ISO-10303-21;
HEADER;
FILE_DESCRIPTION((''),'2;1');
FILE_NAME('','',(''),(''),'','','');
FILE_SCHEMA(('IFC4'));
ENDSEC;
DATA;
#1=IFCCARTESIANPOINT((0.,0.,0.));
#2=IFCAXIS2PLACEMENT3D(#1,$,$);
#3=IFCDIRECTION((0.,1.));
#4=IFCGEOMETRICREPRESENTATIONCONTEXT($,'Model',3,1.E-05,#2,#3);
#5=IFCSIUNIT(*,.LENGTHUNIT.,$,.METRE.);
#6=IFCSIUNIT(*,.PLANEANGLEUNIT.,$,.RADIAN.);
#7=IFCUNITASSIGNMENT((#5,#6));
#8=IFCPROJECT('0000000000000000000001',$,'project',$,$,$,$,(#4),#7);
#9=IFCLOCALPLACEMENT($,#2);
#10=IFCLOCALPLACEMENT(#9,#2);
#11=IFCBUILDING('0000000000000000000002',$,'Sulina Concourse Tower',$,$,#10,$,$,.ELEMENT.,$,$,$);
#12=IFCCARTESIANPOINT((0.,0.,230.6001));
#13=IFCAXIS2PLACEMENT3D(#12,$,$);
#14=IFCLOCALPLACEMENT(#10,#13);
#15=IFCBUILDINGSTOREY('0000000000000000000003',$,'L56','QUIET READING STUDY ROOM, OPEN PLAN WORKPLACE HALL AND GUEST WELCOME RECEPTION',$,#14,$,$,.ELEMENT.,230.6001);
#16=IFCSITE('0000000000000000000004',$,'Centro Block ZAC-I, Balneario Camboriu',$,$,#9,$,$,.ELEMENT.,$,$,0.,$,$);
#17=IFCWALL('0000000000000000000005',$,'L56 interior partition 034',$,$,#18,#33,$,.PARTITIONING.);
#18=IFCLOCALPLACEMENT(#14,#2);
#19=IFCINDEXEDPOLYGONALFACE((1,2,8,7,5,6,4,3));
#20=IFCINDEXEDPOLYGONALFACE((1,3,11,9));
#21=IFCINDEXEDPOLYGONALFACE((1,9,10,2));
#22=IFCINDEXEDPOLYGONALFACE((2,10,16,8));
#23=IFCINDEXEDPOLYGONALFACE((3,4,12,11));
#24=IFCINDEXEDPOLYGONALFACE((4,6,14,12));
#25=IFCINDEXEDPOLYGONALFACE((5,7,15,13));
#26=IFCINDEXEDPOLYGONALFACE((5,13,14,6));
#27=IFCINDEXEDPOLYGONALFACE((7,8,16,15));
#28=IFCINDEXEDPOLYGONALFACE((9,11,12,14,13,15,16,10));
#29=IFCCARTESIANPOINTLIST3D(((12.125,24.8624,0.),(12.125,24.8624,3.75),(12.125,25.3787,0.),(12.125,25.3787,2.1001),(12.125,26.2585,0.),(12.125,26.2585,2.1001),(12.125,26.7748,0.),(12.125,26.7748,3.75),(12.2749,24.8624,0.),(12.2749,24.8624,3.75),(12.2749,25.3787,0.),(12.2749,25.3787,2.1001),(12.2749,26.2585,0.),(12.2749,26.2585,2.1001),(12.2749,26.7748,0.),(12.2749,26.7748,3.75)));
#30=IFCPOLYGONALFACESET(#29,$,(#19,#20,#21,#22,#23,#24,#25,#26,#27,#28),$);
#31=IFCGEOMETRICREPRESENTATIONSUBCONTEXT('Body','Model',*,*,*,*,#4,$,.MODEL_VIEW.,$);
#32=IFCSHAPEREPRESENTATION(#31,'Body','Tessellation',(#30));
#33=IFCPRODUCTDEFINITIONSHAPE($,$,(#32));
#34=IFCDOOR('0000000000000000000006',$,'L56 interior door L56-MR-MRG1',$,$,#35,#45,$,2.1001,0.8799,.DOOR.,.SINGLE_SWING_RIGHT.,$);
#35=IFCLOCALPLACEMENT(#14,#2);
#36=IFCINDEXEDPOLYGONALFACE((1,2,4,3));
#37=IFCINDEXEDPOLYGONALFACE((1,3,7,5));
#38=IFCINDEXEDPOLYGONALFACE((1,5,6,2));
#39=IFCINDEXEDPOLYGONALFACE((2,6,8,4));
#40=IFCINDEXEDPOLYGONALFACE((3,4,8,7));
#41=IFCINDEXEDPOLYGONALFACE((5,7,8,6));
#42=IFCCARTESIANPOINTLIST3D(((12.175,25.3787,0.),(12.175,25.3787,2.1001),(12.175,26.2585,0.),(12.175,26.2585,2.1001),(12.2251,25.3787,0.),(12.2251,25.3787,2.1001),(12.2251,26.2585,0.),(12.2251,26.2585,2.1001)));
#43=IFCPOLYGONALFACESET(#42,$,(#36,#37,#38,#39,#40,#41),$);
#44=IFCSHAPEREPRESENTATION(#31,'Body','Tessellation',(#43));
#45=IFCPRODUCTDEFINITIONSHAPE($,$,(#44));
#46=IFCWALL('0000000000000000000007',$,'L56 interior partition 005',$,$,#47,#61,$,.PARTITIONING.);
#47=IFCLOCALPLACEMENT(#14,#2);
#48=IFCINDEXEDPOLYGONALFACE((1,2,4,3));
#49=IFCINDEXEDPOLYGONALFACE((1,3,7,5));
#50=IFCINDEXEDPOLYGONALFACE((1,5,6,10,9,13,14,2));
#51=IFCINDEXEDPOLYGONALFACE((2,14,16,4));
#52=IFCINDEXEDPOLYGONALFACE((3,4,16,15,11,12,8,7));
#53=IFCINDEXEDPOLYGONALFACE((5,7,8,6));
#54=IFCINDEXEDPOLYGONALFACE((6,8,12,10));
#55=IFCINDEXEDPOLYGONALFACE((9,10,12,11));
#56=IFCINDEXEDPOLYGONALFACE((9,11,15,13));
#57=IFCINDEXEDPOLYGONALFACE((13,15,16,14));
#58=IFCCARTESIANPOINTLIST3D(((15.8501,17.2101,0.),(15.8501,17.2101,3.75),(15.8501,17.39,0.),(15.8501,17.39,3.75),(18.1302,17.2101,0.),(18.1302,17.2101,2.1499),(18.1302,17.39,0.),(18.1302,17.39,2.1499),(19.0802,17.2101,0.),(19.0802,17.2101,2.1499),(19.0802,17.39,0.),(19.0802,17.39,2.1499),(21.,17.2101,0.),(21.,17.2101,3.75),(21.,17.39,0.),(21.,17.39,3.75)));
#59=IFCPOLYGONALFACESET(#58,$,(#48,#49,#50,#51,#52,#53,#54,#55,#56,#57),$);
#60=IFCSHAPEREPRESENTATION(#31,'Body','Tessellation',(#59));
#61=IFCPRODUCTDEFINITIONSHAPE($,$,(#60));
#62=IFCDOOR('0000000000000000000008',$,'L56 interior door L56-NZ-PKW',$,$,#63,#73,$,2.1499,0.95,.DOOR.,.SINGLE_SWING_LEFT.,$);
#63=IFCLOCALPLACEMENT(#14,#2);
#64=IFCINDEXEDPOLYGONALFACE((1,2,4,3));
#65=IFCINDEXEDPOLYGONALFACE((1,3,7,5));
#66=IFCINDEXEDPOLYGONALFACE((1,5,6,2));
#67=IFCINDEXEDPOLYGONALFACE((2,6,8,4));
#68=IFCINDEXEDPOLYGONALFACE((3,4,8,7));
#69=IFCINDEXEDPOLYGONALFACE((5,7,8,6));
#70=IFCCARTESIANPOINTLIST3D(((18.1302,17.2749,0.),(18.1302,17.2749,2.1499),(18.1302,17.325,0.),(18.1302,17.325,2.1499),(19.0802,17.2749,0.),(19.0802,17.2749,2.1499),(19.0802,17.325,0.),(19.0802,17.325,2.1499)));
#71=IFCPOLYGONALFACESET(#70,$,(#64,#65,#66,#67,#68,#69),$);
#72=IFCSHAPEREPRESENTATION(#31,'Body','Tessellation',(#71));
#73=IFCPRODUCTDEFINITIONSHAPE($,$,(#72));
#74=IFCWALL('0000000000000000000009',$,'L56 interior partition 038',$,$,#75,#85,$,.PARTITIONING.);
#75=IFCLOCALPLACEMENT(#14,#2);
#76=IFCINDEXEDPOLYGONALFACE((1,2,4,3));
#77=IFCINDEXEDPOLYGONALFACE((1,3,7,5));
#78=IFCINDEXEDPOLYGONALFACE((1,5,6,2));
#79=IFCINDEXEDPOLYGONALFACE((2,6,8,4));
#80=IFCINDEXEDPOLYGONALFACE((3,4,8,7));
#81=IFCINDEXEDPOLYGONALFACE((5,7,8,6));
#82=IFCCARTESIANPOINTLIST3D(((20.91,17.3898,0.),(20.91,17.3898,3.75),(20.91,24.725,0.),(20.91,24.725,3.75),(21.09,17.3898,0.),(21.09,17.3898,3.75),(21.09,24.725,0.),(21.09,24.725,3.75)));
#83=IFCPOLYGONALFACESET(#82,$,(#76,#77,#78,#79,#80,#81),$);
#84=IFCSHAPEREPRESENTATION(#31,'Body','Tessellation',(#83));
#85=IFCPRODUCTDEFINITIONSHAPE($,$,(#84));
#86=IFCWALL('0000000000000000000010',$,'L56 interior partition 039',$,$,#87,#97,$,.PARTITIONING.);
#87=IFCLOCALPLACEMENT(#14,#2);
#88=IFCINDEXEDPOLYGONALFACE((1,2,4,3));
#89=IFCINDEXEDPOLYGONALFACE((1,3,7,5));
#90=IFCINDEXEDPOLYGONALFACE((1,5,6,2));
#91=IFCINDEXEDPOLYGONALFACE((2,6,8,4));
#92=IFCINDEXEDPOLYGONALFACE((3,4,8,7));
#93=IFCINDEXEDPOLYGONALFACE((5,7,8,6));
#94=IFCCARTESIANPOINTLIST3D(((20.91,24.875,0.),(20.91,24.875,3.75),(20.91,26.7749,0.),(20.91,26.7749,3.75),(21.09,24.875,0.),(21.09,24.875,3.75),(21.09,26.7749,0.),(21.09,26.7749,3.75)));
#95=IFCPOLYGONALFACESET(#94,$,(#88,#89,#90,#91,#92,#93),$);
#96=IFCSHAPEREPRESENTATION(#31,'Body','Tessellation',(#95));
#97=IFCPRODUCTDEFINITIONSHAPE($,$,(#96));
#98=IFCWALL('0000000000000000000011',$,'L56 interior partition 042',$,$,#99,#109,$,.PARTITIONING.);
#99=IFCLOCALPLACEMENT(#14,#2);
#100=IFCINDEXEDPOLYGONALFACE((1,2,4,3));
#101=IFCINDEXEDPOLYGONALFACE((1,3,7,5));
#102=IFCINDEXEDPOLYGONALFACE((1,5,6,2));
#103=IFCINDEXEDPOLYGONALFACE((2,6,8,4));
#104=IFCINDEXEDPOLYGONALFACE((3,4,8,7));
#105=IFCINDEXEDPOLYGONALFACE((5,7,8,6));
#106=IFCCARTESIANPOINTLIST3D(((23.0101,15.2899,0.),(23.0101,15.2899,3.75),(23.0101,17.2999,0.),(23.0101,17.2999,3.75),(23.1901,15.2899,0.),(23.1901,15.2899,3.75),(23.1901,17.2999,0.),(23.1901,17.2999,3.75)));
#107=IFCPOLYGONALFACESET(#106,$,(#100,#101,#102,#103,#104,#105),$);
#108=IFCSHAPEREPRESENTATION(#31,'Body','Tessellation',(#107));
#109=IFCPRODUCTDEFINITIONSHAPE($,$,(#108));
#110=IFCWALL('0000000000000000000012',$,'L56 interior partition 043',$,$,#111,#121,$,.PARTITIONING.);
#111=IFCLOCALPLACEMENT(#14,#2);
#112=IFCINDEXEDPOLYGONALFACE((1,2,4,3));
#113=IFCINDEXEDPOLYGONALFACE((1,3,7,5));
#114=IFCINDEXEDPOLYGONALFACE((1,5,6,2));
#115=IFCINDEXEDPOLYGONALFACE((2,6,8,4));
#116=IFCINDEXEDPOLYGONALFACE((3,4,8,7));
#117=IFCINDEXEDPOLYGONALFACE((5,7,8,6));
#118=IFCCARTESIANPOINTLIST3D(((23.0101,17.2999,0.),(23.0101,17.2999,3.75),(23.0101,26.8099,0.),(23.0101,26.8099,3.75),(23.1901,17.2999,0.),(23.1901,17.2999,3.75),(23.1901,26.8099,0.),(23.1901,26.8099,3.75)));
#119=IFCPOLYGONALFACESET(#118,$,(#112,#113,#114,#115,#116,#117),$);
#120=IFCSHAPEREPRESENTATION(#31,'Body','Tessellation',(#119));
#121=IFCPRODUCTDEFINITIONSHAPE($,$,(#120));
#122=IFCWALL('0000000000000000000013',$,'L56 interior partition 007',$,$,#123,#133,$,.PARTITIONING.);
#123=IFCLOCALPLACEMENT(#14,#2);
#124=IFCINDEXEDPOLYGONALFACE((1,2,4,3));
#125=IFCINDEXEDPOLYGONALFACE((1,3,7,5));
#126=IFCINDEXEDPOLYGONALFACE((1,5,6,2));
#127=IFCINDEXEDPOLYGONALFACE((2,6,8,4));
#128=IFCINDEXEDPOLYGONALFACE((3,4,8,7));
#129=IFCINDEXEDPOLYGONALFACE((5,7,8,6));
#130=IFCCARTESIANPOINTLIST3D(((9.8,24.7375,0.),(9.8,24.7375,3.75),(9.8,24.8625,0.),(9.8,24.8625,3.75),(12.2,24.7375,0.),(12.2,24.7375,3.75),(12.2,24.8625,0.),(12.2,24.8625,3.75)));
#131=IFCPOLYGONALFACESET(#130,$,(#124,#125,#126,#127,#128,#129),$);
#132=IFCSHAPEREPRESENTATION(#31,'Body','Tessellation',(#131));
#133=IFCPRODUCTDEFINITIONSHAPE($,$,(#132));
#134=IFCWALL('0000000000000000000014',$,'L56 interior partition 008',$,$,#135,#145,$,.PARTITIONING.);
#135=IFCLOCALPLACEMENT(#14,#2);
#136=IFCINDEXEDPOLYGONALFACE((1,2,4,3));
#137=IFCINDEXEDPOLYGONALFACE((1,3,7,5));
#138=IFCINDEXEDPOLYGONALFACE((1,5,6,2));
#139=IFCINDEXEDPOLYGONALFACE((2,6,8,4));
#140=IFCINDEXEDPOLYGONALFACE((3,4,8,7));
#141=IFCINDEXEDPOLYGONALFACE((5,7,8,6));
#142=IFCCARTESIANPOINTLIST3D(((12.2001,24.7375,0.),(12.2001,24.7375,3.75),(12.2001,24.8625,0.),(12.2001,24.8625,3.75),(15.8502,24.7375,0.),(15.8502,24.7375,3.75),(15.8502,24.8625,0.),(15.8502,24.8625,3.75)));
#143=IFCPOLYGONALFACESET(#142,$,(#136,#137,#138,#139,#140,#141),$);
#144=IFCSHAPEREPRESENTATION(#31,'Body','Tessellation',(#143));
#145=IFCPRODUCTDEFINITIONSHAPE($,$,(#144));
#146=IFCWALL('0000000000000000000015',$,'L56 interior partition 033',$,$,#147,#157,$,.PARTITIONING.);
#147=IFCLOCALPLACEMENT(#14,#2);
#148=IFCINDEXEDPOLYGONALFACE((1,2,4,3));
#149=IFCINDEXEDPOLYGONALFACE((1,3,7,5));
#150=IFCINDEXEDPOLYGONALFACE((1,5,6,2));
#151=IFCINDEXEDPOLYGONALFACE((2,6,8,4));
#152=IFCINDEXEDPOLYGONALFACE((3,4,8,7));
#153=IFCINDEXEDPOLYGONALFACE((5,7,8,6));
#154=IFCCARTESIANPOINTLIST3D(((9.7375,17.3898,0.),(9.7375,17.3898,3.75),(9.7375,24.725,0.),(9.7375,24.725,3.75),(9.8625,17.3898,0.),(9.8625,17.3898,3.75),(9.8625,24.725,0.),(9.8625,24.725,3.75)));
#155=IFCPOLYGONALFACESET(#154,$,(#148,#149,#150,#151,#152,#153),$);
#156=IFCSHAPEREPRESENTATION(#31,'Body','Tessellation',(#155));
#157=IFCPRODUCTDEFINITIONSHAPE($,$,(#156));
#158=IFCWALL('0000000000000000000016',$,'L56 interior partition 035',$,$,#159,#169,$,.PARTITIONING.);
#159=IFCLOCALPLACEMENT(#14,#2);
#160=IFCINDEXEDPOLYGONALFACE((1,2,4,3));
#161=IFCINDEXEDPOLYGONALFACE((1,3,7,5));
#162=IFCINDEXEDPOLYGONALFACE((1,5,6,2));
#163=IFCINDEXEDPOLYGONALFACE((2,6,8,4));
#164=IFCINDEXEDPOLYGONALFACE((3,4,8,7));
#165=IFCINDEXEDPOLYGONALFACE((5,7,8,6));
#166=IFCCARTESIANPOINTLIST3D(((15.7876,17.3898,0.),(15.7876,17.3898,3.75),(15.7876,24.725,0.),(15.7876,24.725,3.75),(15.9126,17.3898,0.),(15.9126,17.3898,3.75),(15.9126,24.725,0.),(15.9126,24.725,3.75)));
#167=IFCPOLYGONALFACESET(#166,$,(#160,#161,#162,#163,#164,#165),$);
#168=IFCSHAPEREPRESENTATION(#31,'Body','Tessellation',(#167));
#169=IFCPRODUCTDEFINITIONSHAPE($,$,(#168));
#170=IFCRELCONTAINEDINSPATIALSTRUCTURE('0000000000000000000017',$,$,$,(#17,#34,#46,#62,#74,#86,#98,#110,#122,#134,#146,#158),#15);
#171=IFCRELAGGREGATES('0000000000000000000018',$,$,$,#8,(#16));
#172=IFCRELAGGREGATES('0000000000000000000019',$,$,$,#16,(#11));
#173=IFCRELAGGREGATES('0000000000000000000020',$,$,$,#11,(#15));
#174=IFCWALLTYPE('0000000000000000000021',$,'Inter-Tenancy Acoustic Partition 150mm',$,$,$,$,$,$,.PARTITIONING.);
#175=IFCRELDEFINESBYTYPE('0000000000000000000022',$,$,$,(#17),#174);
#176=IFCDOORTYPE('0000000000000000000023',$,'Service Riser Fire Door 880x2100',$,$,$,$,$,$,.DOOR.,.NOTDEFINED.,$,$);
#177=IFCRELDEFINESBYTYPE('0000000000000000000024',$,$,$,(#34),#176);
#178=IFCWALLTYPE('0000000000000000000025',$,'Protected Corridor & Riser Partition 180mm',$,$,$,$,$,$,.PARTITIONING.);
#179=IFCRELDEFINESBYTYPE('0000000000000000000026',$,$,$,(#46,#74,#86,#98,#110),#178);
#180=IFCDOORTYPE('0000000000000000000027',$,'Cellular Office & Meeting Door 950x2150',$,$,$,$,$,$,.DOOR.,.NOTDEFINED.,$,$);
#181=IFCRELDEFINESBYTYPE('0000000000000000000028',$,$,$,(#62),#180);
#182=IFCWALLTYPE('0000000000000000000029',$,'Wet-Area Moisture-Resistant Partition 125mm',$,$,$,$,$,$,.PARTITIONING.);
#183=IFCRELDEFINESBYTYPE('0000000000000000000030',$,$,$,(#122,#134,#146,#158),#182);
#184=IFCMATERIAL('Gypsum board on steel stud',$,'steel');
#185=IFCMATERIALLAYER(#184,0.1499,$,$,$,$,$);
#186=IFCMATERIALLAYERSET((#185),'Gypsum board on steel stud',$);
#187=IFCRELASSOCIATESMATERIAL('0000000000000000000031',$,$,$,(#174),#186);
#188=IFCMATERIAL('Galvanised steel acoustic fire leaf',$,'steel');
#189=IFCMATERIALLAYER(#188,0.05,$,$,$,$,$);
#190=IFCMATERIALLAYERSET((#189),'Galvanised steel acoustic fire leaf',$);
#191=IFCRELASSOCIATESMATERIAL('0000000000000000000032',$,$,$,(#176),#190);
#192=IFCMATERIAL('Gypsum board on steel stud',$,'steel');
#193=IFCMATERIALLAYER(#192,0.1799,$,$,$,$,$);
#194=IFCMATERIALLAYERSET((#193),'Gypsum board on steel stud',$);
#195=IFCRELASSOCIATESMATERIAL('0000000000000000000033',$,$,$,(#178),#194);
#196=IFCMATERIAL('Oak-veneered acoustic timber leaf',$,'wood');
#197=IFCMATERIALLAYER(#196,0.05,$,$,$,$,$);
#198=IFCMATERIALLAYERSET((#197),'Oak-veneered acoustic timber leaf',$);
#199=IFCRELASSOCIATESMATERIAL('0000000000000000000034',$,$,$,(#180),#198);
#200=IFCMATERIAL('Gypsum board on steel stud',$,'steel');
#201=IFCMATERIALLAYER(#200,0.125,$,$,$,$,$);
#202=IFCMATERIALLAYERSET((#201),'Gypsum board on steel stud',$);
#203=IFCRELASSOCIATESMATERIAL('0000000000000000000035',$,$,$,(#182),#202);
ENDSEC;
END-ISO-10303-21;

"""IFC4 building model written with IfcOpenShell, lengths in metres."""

from ifc_helpers import new_model, si_unit, direction, frame, frame_2d, origin, place, context, subcontext, project, spatial, rectangle, extrude, material, layer, layer_set, type_object, element, fill, save


model = new_model("IFC4")

# Units and contexts
model_context = context("Model", 3, precision=1e-05, world=origin(), true_north=direction((0.0, 1.0)))
body_context = subcontext(model_context, "Body", "Model", "MODEL_VIEW")
ifc_project = project(units=[si_unit("LENGTHUNIT", "METRE"), si_unit("PLANEANGLEUNIT", "RADIAN")], contexts=[model_context])

# Site, building, storey
site_placement = place(None, origin())
site = spatial("IfcSite", under=ifc_project, at=site_placement, Name="Centro Block ZAC-I, Balneario Camboriu", CompositionType="ELEMENT", RefElevation=0.0)
building_placement = place(site_placement, origin())
building = spatial("IfcBuilding", under=site, at=building_placement, Name="Sulina Concourse Tower", CompositionType="ELEMENT")
storey_placement = place(building_placement, frame((0.0, 0.0, 230.6001)))
storey = spatial("IfcBuildingStorey", under=building, at=storey_placement, Name="L56", Description="QUIET READING STUDY ROOM, OPEN PLAN WORKPLACE HALL AND GUEST WELCOME RECEPTION", CompositionType="ELEMENT", Elevation=230.6001)

# Shared definitions
ifc_material_1 = material(Name="Gypsum board on steel stud", Category="steel")
ifc_layer_1 = layer(ifc_material_1, 0.1499)
ifc_layer_set_1 = layer_set([ifc_layer_1], Name="Gypsum board on steel stud")
wall_type_1 = type_object("IfcWallType", Name="Inter-Tenancy Acoustic Partition 150mm", PredefinedType="PARTITIONING", material=ifc_layer_set_1)

# Walls, openings, doors
wall_1_placement = place(storey_placement, frame((12.2, 24.8625, 0.0), z_axis=(0.0, 0.0, 1.0), x_axis=(0.0, 1.0, 0.0)))
wall_1 = element("IfcWall", 1, at=wall_1_placement, inside=storey, type_object=wall_type_1, Name="L56 interior partition 034", PredefinedType="PARTITIONING", context=body_context, shape_type="SweptSolid", body=[
    extrude(rectangle(XDim=1.9124, YDim=0.1499, at=frame_2d((0.9561, 0.0))), origin(), (0.0, 0.0, 1.0), 3.75),
])
opening_1_placement = place(wall_1_placement, frame((0.5161, 0.0, 0.0)))
opening_1 = element("IfcOpeningElement", 2, at=opening_1_placement, cuts=wall_1, PredefinedType="OPENING", context=body_context, shape_type="SweptSolid", body=[
    extrude(rectangle(XDim=0.8799, YDim=2.1001, at=frame_2d((0.4399, 1.05))), frame((0.0, 0.085, 0.0), z_axis=(0.0, -1.0, 0.0), x_axis=(1.0, 0.0, 0.0)), (0.0, 0.0, 1.0), 0.1699),
])
ifc_material_2 = material(Name="Galvanised steel acoustic fire leaf", Category="steel")
ifc_layer_2 = layer(ifc_material_2, 0.05)
ifc_layer_set_2 = layer_set([ifc_layer_2], Name="Galvanised steel acoustic fire leaf")
door_type_1 = type_object("IfcDoorType", Name="Service Riser Fire Door 880x2100", OperationType="NOTDEFINED", PredefinedType="DOOR", material=ifc_layer_set_2)
door_1_placement = place(opening_1_placement, origin())
door_1 = element("IfcDoor", 3, at=door_1_placement, inside=storey, type_object=door_type_1, Name="L56 interior door L56-MR-MRG1", OperationType="SINGLE_SWING_RIGHT", OverallHeight=2.1001, OverallWidth=0.8799, PredefinedType="DOOR", context=body_context, shape_type="SweptSolid", body=[
    extrude(rectangle(XDim=0.8799, YDim=2.1001, at=frame_2d((0.4399, 1.05))), frame((0.0, 0.0249, 0.0), z_axis=(0.0, -1.0, 0.0), x_axis=(1.0, 0.0, 0.0)), (0.0, 0.0, 1.0), 0.05),
])
fill(opening_1, door_1)
ifc_material_3 = material(Name="Gypsum board on steel stud", Category="steel")
ifc_layer_3 = layer(ifc_material_3, 0.1799)
ifc_layer_set_3 = layer_set([ifc_layer_3], Name="Gypsum board on steel stud")
wall_type_2 = type_object("IfcWallType", Name="Protected Corridor & Riser Partition 180mm", PredefinedType="PARTITIONING", material=ifc_layer_set_3)
wall_2_placement = place(storey_placement, frame((15.8501, 17.3, 0.0), z_axis=(0.0, 0.0, 1.0), x_axis=(1.0, 0.0, 0.0)))
wall_2 = element("IfcWall", 4, at=wall_2_placement, inside=storey, type_object=wall_type_2, Name="L56 interior partition 005", PredefinedType="PARTITIONING", context=body_context, shape_type="SweptSolid", body=[
    extrude(rectangle(XDim=5.1499, YDim=0.1799, at=frame_2d((2.575, 0.0))), origin(), (0.0, 0.0, 1.0), 3.75),
])
opening_2_placement = place(wall_2_placement, frame((2.28, 0.0, 0.0)))
opening_2 = element("IfcOpeningElement", 5, at=opening_2_placement, cuts=wall_2, PredefinedType="OPENING", context=body_context, shape_type="SweptSolid", body=[
    extrude(rectangle(XDim=0.95, YDim=2.1499, at=frame_2d((0.4751, 1.075))), frame((0.0, 0.0999, 0.0), z_axis=(0.0, -1.0, 0.0), x_axis=(1.0, 0.0, 0.0)), (0.0, 0.0, 1.0), 0.2),
])
ifc_material_4 = material(Name="Oak-veneered acoustic timber leaf", Category="wood")
ifc_layer_4 = layer(ifc_material_4, 0.05)
ifc_layer_set_4 = layer_set([ifc_layer_4], Name="Oak-veneered acoustic timber leaf")
door_type_2 = type_object("IfcDoorType", Name="Cellular Office & Meeting Door 950x2150", OperationType="NOTDEFINED", PredefinedType="DOOR", material=ifc_layer_set_4)
door_2_placement = place(opening_2_placement, origin())
door_2 = element("IfcDoor", 6, at=door_2_placement, inside=storey, type_object=door_type_2, Name="L56 interior door L56-NZ-PKW", OperationType="SINGLE_SWING_LEFT", OverallHeight=2.1499, OverallWidth=0.95, PredefinedType="DOOR", context=body_context, shape_type="SweptSolid", body=[
    extrude(rectangle(XDim=0.95, YDim=2.1499, at=frame_2d((0.4751, 1.075))), frame((0.0, 0.0249, 0.0), z_axis=(0.0, -1.0, 0.0), x_axis=(1.0, 0.0, 0.0)), (0.0, 0.0, 1.0), 0.05),
])
fill(opening_2, door_2)

# Walls
wall_3_placement = place(storey_placement, frame((21.0, 17.3899, 0.0), z_axis=(0.0, 0.0, 1.0), x_axis=(0.0, 1.0, 0.0)))
element("IfcWall", 7, at=wall_3_placement, inside=storey, type_object=wall_type_2, Name="L56 interior partition 038", PredefinedType="PARTITIONING", context=body_context, shape_type="SweptSolid", body=[
    extrude(rectangle(XDim=7.3352, YDim=0.1799, at=frame_2d((3.6675, 0.0))), origin(), (0.0, 0.0, 1.0), 3.75),
])
wall_4_placement = place(storey_placement, frame((21.0, 24.875, 0.0), z_axis=(0.0, 0.0, 1.0), x_axis=(0.0, 1.0, 0.0)))
element("IfcWall", 8, at=wall_4_placement, inside=storey, type_object=wall_type_2, Name="L56 interior partition 039", PredefinedType="PARTITIONING", context=body_context, shape_type="SweptSolid", body=[
    extrude(rectangle(XDim=1.8999, YDim=0.1799, at=frame_2d((0.95, 0.0))), origin(), (0.0, 0.0, 1.0), 3.75),
])
wall_5_placement = place(storey_placement, frame((23.1001, 15.29, 0.0), z_axis=(0.0, 0.0, 1.0), x_axis=(0.0, 1.0, 0.0)))
element("IfcWall", 9, at=wall_5_placement, inside=storey, type_object=wall_type_2, Name="L56 interior partition 042", PredefinedType="PARTITIONING", context=body_context, shape_type="SweptSolid", body=[
    extrude(rectangle(XDim=2.01, YDim=0.1799, at=frame_2d((1.0049, 0.0))), origin(), (0.0, 0.0, 1.0), 3.75),
])
wall_6_placement = place(storey_placement, frame((23.1001, 17.3, 0.0), z_axis=(0.0, 0.0, 1.0), x_axis=(0.0, 1.0, 0.0)))
element("IfcWall", 10, at=wall_6_placement, inside=storey, type_object=wall_type_2, Name="L56 interior partition 043", PredefinedType="PARTITIONING", context=body_context, shape_type="SweptSolid", body=[
    extrude(rectangle(XDim=9.51, YDim=0.1799, at=frame_2d((4.7549, 0.0))), origin(), (0.0, 0.0, 1.0), 3.75),
])
ifc_material_5 = material(Name="Gypsum board on steel stud", Category="steel")
ifc_layer_5 = layer(ifc_material_5, 0.125)
ifc_layer_set_5 = layer_set([ifc_layer_5], Name="Gypsum board on steel stud")
wall_type_3 = type_object("IfcWallType", Name="Wet-Area Moisture-Resistant Partition 125mm", PredefinedType="PARTITIONING", material=ifc_layer_set_5)
wall_7_placement = place(storey_placement, frame((9.8, 24.8, 0.0), z_axis=(0.0, 0.0, 1.0), x_axis=(1.0, 0.0, 0.0)))
element("IfcWall", 11, at=wall_7_placement, inside=storey, type_object=wall_type_3, Name="L56 interior partition 007", PredefinedType="PARTITIONING", context=body_context, shape_type="SweptSolid", body=[
    extrude(rectangle(XDim=2.3999, YDim=0.125, at=frame_2d((1.2, 0.0))), origin(), (0.0, 0.0, 1.0), 3.75),
])
wall_8_placement = place(storey_placement, frame((12.2, 24.8, 0.0), z_axis=(0.0, 0.0, 1.0), x_axis=(1.0, 0.0, 0.0)))
element("IfcWall", 12, at=wall_8_placement, inside=storey, type_object=wall_type_3, Name="L56 interior partition 008", PredefinedType="PARTITIONING", context=body_context, shape_type="SweptSolid", body=[
    extrude(rectangle(XDim=3.6501, YDim=0.125, at=frame_2d((1.8252, 0.0))), origin(), (0.0, 0.0, 1.0), 3.75),
])
for number, where, z_axis, x_axis, name in (
    (13, (9.8, 17.3899, 0.0), (0.0, 0.0, 1.0), (0.0, 1.0, 0.0), "L56 interior partition 033"),
    (14, (15.8501, 17.3899, 0.0), (0.0, 0.0, 1.0), (0.0, 1.0, 0.0), "L56 interior partition 035"),
):
    element("IfcWall", number, at=place(storey_placement, frame(where, z_axis=z_axis, x_axis=x_axis)), inside=storey, type_object=wall_type_3, Name=name, PredefinedType="PARTITIONING", context=body_context, shape_type="SweptSolid", body=[
        extrude(rectangle(XDim=7.3352, YDim=0.125, at=frame_2d((3.6675, 0.0))), origin(), (0.0, 0.0, 1.0), 3.75),
    ])

save(model, "model.ifc")
